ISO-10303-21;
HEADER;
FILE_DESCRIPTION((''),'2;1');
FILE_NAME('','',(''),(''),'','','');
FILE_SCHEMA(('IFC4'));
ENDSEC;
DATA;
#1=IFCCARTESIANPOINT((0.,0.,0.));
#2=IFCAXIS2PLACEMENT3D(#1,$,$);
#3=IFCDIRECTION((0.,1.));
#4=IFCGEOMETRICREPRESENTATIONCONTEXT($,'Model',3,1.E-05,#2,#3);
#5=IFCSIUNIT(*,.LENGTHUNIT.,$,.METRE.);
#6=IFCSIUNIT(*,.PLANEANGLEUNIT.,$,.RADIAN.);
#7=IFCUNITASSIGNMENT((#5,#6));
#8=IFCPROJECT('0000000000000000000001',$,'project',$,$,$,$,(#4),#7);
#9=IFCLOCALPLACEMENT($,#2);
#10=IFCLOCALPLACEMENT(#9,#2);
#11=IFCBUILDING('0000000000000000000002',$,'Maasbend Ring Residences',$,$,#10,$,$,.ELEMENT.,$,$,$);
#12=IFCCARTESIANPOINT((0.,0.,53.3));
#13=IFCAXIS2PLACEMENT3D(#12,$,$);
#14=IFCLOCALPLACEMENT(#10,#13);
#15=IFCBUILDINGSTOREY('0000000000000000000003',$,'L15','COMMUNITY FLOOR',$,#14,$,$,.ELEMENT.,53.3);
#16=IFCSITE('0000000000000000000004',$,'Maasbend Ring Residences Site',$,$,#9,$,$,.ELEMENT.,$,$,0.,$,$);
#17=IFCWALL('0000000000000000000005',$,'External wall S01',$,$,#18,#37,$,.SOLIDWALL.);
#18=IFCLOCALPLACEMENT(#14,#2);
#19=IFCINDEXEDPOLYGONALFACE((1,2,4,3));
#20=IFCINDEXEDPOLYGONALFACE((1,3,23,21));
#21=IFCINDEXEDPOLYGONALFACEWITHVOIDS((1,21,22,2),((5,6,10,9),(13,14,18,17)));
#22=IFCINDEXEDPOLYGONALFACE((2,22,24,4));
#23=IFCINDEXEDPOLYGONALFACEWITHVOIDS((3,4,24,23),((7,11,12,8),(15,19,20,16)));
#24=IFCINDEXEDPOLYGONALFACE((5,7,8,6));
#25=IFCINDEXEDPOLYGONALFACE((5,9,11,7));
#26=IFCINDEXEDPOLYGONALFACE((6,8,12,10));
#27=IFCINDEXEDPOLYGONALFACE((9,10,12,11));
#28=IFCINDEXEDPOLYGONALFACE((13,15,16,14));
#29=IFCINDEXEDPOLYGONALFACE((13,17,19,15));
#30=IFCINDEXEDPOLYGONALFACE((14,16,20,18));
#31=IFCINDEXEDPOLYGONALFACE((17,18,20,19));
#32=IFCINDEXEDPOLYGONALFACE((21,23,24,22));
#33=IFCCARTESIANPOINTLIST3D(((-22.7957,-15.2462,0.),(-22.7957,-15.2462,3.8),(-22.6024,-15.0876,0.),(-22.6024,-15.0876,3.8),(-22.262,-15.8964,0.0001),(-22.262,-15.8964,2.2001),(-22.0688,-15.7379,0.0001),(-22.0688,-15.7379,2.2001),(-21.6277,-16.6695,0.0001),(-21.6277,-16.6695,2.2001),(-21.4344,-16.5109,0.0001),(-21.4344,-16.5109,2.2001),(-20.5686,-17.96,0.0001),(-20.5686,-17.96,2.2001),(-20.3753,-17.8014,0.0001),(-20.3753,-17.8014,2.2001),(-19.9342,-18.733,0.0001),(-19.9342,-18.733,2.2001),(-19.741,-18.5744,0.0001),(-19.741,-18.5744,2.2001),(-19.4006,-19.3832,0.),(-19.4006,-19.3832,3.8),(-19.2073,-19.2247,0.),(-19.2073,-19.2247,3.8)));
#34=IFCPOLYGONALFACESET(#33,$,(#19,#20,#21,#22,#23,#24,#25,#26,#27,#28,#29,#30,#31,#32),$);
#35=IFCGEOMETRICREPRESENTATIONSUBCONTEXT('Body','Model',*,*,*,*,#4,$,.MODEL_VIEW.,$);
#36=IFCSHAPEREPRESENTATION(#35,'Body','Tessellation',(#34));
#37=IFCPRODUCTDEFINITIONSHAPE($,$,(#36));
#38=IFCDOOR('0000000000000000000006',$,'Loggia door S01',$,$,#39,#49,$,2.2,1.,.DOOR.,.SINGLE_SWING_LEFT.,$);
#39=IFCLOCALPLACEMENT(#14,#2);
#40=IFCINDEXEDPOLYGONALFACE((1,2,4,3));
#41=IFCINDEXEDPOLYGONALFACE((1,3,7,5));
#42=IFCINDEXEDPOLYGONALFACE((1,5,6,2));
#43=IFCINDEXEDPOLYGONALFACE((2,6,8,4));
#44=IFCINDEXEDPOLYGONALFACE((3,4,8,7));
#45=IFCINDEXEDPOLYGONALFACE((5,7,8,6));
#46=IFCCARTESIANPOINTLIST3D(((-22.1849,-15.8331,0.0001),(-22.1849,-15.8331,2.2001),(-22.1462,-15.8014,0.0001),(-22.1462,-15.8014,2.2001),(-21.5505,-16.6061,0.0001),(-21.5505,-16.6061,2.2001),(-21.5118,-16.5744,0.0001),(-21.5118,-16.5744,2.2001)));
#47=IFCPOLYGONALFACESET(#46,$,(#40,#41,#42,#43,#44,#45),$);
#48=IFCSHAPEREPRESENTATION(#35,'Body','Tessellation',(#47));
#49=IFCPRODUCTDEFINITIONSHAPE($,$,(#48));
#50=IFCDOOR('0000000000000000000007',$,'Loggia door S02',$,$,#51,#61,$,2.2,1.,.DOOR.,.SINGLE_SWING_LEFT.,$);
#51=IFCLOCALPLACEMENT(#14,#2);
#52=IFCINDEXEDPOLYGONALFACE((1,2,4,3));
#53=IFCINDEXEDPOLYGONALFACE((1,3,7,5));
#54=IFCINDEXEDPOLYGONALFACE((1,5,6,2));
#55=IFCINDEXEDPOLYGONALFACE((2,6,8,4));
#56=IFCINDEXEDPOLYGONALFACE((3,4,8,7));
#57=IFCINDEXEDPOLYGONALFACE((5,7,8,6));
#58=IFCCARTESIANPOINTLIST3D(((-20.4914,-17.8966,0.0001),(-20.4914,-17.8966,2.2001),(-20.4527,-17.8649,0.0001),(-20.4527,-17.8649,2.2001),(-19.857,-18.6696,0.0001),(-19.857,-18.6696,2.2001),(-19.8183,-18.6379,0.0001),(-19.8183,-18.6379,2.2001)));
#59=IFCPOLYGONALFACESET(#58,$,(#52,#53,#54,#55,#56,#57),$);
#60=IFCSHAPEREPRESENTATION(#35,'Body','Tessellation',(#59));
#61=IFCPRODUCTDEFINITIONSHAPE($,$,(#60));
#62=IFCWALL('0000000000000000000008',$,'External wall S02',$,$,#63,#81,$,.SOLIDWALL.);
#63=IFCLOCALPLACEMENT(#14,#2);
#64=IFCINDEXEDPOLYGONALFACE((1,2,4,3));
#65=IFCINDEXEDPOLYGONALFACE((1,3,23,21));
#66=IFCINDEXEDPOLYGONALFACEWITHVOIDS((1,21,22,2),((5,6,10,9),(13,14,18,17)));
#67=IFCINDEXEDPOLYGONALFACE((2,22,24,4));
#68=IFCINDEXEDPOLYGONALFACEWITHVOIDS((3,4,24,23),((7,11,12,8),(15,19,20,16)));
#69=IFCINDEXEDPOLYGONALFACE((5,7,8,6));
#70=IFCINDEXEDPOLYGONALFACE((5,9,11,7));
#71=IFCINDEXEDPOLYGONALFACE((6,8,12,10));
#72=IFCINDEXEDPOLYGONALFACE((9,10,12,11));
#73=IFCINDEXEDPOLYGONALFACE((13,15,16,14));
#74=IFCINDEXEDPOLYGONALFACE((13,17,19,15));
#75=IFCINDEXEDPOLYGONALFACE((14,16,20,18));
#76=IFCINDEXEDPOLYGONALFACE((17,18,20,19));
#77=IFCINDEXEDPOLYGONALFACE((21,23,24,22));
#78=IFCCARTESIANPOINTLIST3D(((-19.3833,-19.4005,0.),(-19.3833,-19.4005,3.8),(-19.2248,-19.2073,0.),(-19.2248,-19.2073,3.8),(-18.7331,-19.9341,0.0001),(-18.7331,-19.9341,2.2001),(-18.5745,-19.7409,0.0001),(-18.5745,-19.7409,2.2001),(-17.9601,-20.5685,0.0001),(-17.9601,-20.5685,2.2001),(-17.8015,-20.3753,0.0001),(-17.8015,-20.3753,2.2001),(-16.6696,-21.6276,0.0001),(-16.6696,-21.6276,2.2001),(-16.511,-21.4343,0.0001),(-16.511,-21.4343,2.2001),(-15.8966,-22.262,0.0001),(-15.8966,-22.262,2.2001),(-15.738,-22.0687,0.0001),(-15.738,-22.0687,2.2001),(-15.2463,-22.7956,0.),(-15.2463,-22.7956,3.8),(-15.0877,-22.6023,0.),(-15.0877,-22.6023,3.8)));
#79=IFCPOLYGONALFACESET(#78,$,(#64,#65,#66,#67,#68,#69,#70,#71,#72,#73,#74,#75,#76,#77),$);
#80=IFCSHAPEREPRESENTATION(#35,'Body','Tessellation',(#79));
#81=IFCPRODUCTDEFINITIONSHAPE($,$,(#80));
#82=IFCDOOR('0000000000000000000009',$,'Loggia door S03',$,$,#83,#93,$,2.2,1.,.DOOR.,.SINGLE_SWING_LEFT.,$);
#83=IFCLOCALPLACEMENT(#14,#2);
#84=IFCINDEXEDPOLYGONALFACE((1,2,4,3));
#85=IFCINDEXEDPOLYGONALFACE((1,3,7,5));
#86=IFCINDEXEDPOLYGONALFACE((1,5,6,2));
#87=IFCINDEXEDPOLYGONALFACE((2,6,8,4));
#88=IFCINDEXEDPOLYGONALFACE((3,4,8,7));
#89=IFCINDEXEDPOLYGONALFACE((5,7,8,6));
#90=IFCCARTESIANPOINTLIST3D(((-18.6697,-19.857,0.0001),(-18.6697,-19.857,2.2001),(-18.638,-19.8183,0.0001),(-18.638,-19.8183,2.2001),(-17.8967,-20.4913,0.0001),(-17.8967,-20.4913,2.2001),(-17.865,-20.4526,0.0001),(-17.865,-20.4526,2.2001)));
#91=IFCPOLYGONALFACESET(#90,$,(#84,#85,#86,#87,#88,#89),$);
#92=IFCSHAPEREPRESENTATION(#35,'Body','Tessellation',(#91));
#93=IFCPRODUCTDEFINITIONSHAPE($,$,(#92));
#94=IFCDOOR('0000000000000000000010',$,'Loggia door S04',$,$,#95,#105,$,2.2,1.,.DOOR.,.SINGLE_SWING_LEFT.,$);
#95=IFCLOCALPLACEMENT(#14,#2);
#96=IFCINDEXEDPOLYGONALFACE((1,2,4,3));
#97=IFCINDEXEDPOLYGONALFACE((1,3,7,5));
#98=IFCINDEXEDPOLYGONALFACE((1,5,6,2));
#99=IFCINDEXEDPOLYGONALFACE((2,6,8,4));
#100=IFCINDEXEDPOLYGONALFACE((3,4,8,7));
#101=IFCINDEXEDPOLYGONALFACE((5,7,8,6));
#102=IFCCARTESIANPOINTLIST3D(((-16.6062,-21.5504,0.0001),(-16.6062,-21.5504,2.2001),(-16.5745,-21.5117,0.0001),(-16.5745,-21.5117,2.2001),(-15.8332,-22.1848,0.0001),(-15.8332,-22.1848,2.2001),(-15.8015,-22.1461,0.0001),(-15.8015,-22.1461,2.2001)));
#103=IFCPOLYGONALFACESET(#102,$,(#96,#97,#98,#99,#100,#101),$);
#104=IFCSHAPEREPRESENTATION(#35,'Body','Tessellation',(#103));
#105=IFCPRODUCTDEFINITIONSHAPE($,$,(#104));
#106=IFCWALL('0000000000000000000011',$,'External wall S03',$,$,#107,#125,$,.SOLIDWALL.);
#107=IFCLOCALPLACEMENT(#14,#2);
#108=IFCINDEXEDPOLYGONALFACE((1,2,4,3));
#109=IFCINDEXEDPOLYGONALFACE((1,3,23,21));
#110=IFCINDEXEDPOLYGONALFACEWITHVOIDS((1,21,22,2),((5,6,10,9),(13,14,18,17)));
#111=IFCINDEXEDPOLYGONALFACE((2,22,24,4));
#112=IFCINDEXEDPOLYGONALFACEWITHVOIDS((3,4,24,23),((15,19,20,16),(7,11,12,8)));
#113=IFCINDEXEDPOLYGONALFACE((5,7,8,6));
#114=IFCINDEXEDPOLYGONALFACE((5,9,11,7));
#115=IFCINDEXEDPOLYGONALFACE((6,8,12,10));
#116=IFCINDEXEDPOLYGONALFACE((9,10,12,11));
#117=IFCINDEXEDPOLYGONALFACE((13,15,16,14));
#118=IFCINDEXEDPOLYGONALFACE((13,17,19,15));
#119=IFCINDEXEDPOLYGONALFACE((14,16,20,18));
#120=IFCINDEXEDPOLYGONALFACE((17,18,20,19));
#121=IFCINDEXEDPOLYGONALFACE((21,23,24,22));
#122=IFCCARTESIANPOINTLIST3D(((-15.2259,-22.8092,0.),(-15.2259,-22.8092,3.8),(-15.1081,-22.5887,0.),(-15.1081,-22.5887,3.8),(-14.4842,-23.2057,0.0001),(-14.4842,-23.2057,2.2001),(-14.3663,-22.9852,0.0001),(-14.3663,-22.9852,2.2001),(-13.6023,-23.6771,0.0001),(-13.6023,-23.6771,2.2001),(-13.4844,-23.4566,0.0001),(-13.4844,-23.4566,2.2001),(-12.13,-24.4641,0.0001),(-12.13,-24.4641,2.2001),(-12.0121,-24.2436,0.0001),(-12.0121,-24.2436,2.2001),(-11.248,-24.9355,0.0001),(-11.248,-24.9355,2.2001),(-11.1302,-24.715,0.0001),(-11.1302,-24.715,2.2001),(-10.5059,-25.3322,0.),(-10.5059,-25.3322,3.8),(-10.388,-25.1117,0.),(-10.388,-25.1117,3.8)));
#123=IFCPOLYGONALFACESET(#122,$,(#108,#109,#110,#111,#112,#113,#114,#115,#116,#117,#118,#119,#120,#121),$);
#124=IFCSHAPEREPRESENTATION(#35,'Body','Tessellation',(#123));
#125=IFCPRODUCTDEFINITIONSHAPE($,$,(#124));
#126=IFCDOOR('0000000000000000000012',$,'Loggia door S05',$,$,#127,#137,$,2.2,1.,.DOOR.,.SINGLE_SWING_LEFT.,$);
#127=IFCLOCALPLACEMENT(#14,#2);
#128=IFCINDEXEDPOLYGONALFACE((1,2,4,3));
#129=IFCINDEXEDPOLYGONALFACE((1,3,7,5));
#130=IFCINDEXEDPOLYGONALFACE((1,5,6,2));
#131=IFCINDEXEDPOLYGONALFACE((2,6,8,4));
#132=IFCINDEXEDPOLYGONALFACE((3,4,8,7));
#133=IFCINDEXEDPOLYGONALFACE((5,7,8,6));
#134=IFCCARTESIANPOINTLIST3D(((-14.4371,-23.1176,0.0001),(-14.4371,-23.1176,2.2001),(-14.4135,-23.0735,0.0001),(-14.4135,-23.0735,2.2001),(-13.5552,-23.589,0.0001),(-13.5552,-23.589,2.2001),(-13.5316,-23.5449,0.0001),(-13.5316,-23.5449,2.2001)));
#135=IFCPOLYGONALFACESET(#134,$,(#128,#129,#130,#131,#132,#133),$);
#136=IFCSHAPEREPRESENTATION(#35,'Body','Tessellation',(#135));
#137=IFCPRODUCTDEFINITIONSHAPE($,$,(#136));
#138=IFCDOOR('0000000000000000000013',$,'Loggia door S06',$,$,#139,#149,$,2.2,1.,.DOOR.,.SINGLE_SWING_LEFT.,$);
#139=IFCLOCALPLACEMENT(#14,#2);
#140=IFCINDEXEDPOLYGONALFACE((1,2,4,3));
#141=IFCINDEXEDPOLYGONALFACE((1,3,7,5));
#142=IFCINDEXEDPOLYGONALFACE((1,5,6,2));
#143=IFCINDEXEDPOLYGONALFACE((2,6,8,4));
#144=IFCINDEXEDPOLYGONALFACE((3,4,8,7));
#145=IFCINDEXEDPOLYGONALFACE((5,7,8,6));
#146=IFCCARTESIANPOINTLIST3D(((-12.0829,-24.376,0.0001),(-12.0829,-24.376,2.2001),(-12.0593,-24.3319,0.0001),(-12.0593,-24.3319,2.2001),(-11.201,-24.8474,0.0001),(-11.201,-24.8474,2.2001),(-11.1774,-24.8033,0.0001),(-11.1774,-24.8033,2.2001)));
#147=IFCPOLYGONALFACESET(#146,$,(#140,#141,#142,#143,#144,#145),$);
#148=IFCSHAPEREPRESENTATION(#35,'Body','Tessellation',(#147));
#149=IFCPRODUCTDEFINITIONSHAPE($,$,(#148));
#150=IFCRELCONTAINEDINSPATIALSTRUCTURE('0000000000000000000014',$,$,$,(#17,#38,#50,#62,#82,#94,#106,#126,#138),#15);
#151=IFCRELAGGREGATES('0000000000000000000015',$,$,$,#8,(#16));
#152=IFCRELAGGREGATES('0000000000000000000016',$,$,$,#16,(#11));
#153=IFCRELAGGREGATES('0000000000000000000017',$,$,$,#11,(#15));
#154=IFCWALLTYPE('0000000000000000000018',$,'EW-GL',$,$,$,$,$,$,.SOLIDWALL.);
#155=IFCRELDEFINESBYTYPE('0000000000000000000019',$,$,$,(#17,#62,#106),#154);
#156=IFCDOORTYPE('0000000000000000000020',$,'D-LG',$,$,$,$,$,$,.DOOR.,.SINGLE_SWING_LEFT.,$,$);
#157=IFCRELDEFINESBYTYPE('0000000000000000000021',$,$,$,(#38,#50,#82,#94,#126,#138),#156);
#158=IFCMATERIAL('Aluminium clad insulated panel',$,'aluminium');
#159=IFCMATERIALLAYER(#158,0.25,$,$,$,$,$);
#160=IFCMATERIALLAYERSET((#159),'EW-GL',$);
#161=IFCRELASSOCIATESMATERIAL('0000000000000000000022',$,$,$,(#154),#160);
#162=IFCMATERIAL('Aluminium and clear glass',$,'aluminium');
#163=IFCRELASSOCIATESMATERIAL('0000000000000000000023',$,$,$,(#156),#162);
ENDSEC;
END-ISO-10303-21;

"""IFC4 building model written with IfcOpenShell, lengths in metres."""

from ifc_helpers import new_model, si_unit, direction, frame, frame_2d, origin, place, context, subcontext, project, spatial, rectangle, extrude, material, layer, layer_set, type_object, element, fill, save


model = new_model("IFC4")

# Units and contexts
model_context = context("Model", 3, precision=1e-05, world=origin(), true_north=direction((0.0, 1.0)))
body_context = subcontext(model_context, "Body", "Model", "MODEL_VIEW")
ifc_project = project(units=[si_unit("LENGTHUNIT", "METRE"), si_unit("PLANEANGLEUNIT", "RADIAN")], contexts=[model_context])

# Site, building, storey
site_placement = place(None, origin())
site = spatial("IfcSite", under=ifc_project, at=site_placement, Name="Maasbend Ring Residences Site", CompositionType="ELEMENT", RefElevation=0.0)
building_placement = place(site_placement, origin())
building = spatial("IfcBuilding", under=site, at=building_placement, Name="Maasbend Ring Residences", CompositionType="ELEMENT")
storey_placement = place(building_placement, frame((0.0, 0.0, 53.3)))
storey = spatial("IfcBuildingStorey", under=building, at=storey_placement, Name="L15", Description="COMMUNITY FLOOR", CompositionType="ELEMENT", Elevation=53.3)

# Walls, openings, doors
ifc_material_1 = material(Name="Aluminium clad insulated panel", Category="aluminium")
ifc_layer_1 = layer(ifc_material_1, 0.25)
ifc_layer_set_1 = layer_set([ifc_layer_1], Name="EW-GL")
wall_type_1 = type_object("IfcWallType", Name="EW-GL", PredefinedType="SOLIDWALL", material=ifc_layer_set_1)
wall_1_placement = place(storey_placement, frame((-22.699, -15.167, 0.0), z_axis=(0.0, 0.0, 1.0), x_axis=(0.634382, -0.773019, 0.0)))
wall_1 = element("IfcWall", 1, at=wall_1_placement, inside=storey, type_object=wall_type_1, Name="External wall S01", PredefinedType="SOLIDWALL", context=body_context, shape_type="SweptSolid", body=[
    extrude(rectangle(XDim=5.3518, YDim=0.25, at=frame_2d((2.6758, 0.0))), origin(), (0.0, 0.0, 1.0), 3.8),
])
opening_1_placement = place(wall_1_placement, frame((0.8411, 0.0, 0.0)))
opening_1 = element("IfcOpeningElement", 2, at=opening_1_placement, cuts=wall_1, PredefinedType="OPENING", context=body_context, shape_type="SweptSolid", body=[
    extrude(rectangle(XDim=1.0, YDim=2.2, at=frame_2d((0.5, 1.1001))), frame((0.0, 0.135, 0.0), z_axis=(0.0, -1.0, 0.0), x_axis=(1.0, 0.0, 0.0)), (0.0, 0.0, 1.0), 0.27),
])
opening_2_placement = place(wall_1_placement, frame((3.5105, 0.0, 0.0)))
opening_2 = element("IfcOpeningElement", 3, at=opening_2_placement, cuts=wall_1, PredefinedType="OPENING", context=body_context, shape_type="SweptSolid", body=[
    extrude(rectangle(XDim=1.0, YDim=2.2, at=frame_2d((0.5, 1.1001))), frame((0.0, 0.135, 0.0), z_axis=(0.0, -1.0, 0.0), x_axis=(1.0, 0.0, 0.0)), (0.0, 0.0, 1.0), 0.27),
])
ifc_material_2 = material(Name="Aluminium and clear glass", Category="aluminium")
door_type_1 = type_object("IfcDoorType", Name="D-LG", OperationType="SINGLE_SWING_LEFT", PredefinedType="DOOR", material=ifc_material_2)
door_1_placement = place(opening_1_placement, origin())
door_1 = element("IfcDoor", 4, at=door_1_placement, inside=storey, type_object=door_type_1, Name="Loggia door S01", OperationType="SINGLE_SWING_LEFT", OverallHeight=2.2, OverallWidth=1.0, PredefinedType="DOOR", context=body_context, shape_type="SweptSolid", body=[
    extrude(rectangle(XDim=1.0, YDim=2.2, at=frame_2d((0.5, 1.1001))), frame((0.0, 0.0249, 0.0), z_axis=(0.0, -1.0, 0.0), x_axis=(1.0, 0.0, 0.0)), (0.0, 0.0, 1.0), 0.05),
])
fill(opening_1, door_1)
door_2_placement = place(opening_2_placement, origin())
door_2 = element("IfcDoor", 5, at=door_2_placement, inside=storey, type_object=door_type_1, Name="Loggia door S02", OperationType="SINGLE_SWING_LEFT", OverallHeight=2.2, OverallWidth=1.0, PredefinedType="DOOR", context=body_context, shape_type="SweptSolid", body=[
    extrude(rectangle(XDim=1.0, YDim=2.2, at=frame_2d((0.5, 1.1001))), frame((0.0, 0.0249, 0.0), z_axis=(0.0, -1.0, 0.0), x_axis=(1.0, 0.0, 0.0)), (0.0, 0.0, 1.0), 0.05),
])
fill(opening_2, door_2)
wall_2_placement = place(storey_placement, frame((-19.304, -19.304, 0.0), z_axis=(0.0, 0.0, 1.0), x_axis=(0.773019, -0.634382, 0.0)))
wall_2 = element("IfcWall", 6, at=wall_2_placement, inside=storey, type_object=wall_type_1, Name="External wall S02", PredefinedType="SOLIDWALL", context=body_context, shape_type="SweptSolid", body=[
    extrude(rectangle(XDim=5.3518, YDim=0.25, at=frame_2d((2.6758, 0.0))), origin(), (0.0, 0.0, 1.0), 3.8),
])
opening_3_placement = place(wall_2_placement, frame((0.8411, 0.0, 0.0)))
opening_3 = element("IfcOpeningElement", 7, at=opening_3_placement, cuts=wall_2, PredefinedType="OPENING", context=body_context, shape_type="SweptSolid", body=[
    extrude(rectangle(XDim=1.0, YDim=2.2, at=frame_2d((0.5, 1.1001))), frame((0.0, 0.135, 0.0), z_axis=(0.0, -1.0, 0.0), x_axis=(1.0, 0.0, 0.0)), (0.0, 0.0, 1.0), 0.27),
])
opening_4_placement = place(wall_2_placement, frame((3.5105, 0.0, 0.0)))
opening_4 = element("IfcOpeningElement", 8, at=opening_4_placement, cuts=wall_2, PredefinedType="OPENING", context=body_context, shape_type="SweptSolid", body=[
    extrude(rectangle(XDim=1.0, YDim=2.2, at=frame_2d((0.5, 1.1001))), frame((0.0, 0.135, 0.0), z_axis=(0.0, -1.0, 0.0), x_axis=(1.0, 0.0, 0.0)), (0.0, 0.0, 1.0), 0.27),
])
door_3_placement = place(opening_3_placement, origin())
door_3 = element("IfcDoor", 9, at=door_3_placement, inside=storey, type_object=door_type_1, Name="Loggia door S03", OperationType="SINGLE_SWING_LEFT", OverallHeight=2.2, OverallWidth=1.0, PredefinedType="DOOR", context=body_context, shape_type="SweptSolid", body=[
    extrude(rectangle(XDim=1.0, YDim=2.2, at=frame_2d((0.5, 1.1001))), frame((0.0, 0.0249, 0.0), z_axis=(0.0, -1.0, 0.0), x_axis=(1.0, 0.0, 0.0)), (0.0, 0.0, 1.0), 0.05),
])
fill(opening_3, door_3)
door_4_placement = place(opening_4_placement, origin())
door_4 = element("IfcDoor", 10, at=door_4_placement, inside=storey, type_object=door_type_1, Name="Loggia door S04", OperationType="SINGLE_SWING_LEFT", OverallHeight=2.2, OverallWidth=1.0, PredefinedType="DOOR", context=body_context, shape_type="SweptSolid", body=[
    extrude(rectangle(XDim=1.0, YDim=2.2, at=frame_2d((0.5, 1.1001))), frame((0.0, 0.0249, 0.0), z_axis=(0.0, -1.0, 0.0), x_axis=(1.0, 0.0, 0.0)), (0.0, 0.0, 1.0), 0.05),
])
fill(opening_4, door_4)
wall_3_placement = place(storey_placement, frame((-15.167, -22.699, 0.0), z_axis=(0.0, 0.0, 1.0), x_axis=(0.881916, -0.471407, 0.0)))
wall_3 = element("IfcWall", 11, at=wall_3_placement, inside=storey, type_object=wall_type_1, Name="External wall S03", PredefinedType="SOLIDWALL", context=body_context, shape_type="SweptSolid", body=[
    extrude(rectangle(XDim=5.3521, YDim=0.25, at=frame_2d((2.676, 0.0))), origin(), (0.0, 0.0, 1.0), 3.8),
])
opening_5_placement = place(wall_3_placement, frame((0.8411, 0.0, 0.0)))
opening_5 = element("IfcOpeningElement", 12, at=opening_5_placement, cuts=wall_3, PredefinedType="OPENING", context=body_context, shape_type="SweptSolid", body=[
    extrude(rectangle(XDim=1.0, YDim=2.2, at=frame_2d((0.5, 1.1001))), frame((0.0, 0.135, 0.0), z_axis=(0.0, -1.0, 0.0), x_axis=(1.0, 0.0, 0.0)), (0.0, 0.0, 1.0), 0.27),
])
opening_6_placement = place(wall_3_placement, frame((3.5105, 0.0, 0.0)))
opening_6 = element("IfcOpeningElement", 13, at=opening_6_placement, cuts=wall_3, PredefinedType="OPENING", context=body_context, shape_type="SweptSolid", body=[
    extrude(rectangle(XDim=1.0, YDim=2.2, at=frame_2d((0.5, 1.1001))), frame((0.0, 0.135, 0.0), z_axis=(0.0, -1.0, 0.0), x_axis=(1.0, 0.0, 0.0)), (0.0, 0.0, 1.0), 0.27),
])
door_5_placement = place(opening_5_placement, origin())
door_5 = element("IfcDoor", 14, at=door_5_placement, inside=storey, type_object=door_type_1, Name="Loggia door S05", OperationType="SINGLE_SWING_LEFT", OverallHeight=2.2, OverallWidth=1.0, PredefinedType="DOOR", context=body_context, shape_type="SweptSolid", body=[
    extrude(rectangle(XDim=1.0, YDim=2.2, at=frame_2d((0.5, 1.1001))), frame((0.0, 0.0249, 0.0), z_axis=(0.0, -1.0, 0.0), x_axis=(1.0, 0.0, 0.0)), (0.0, 0.0, 1.0), 0.05),
])
fill(opening_5, door_5)
door_6_placement = place(opening_6_placement, origin())
door_6 = element("IfcDoor", 15, at=door_6_placement, inside=storey, type_object=door_type_1, Name="Loggia door S06", OperationType="SINGLE_SWING_LEFT", OverallHeight=2.2, OverallWidth=1.0, PredefinedType="DOOR", context=body_context, shape_type="SweptSolid", body=[
    extrude(rectangle(XDim=1.0, YDim=2.2, at=frame_2d((0.5, 1.1001))), frame((0.0, 0.0249, 0.0), z_axis=(0.0, -1.0, 0.0), x_axis=(1.0, 0.0, 0.0)), (0.0, 0.0, 1.0), 0.05),
])
fill(opening_6, door_6)

save(model, "model.ifc")
